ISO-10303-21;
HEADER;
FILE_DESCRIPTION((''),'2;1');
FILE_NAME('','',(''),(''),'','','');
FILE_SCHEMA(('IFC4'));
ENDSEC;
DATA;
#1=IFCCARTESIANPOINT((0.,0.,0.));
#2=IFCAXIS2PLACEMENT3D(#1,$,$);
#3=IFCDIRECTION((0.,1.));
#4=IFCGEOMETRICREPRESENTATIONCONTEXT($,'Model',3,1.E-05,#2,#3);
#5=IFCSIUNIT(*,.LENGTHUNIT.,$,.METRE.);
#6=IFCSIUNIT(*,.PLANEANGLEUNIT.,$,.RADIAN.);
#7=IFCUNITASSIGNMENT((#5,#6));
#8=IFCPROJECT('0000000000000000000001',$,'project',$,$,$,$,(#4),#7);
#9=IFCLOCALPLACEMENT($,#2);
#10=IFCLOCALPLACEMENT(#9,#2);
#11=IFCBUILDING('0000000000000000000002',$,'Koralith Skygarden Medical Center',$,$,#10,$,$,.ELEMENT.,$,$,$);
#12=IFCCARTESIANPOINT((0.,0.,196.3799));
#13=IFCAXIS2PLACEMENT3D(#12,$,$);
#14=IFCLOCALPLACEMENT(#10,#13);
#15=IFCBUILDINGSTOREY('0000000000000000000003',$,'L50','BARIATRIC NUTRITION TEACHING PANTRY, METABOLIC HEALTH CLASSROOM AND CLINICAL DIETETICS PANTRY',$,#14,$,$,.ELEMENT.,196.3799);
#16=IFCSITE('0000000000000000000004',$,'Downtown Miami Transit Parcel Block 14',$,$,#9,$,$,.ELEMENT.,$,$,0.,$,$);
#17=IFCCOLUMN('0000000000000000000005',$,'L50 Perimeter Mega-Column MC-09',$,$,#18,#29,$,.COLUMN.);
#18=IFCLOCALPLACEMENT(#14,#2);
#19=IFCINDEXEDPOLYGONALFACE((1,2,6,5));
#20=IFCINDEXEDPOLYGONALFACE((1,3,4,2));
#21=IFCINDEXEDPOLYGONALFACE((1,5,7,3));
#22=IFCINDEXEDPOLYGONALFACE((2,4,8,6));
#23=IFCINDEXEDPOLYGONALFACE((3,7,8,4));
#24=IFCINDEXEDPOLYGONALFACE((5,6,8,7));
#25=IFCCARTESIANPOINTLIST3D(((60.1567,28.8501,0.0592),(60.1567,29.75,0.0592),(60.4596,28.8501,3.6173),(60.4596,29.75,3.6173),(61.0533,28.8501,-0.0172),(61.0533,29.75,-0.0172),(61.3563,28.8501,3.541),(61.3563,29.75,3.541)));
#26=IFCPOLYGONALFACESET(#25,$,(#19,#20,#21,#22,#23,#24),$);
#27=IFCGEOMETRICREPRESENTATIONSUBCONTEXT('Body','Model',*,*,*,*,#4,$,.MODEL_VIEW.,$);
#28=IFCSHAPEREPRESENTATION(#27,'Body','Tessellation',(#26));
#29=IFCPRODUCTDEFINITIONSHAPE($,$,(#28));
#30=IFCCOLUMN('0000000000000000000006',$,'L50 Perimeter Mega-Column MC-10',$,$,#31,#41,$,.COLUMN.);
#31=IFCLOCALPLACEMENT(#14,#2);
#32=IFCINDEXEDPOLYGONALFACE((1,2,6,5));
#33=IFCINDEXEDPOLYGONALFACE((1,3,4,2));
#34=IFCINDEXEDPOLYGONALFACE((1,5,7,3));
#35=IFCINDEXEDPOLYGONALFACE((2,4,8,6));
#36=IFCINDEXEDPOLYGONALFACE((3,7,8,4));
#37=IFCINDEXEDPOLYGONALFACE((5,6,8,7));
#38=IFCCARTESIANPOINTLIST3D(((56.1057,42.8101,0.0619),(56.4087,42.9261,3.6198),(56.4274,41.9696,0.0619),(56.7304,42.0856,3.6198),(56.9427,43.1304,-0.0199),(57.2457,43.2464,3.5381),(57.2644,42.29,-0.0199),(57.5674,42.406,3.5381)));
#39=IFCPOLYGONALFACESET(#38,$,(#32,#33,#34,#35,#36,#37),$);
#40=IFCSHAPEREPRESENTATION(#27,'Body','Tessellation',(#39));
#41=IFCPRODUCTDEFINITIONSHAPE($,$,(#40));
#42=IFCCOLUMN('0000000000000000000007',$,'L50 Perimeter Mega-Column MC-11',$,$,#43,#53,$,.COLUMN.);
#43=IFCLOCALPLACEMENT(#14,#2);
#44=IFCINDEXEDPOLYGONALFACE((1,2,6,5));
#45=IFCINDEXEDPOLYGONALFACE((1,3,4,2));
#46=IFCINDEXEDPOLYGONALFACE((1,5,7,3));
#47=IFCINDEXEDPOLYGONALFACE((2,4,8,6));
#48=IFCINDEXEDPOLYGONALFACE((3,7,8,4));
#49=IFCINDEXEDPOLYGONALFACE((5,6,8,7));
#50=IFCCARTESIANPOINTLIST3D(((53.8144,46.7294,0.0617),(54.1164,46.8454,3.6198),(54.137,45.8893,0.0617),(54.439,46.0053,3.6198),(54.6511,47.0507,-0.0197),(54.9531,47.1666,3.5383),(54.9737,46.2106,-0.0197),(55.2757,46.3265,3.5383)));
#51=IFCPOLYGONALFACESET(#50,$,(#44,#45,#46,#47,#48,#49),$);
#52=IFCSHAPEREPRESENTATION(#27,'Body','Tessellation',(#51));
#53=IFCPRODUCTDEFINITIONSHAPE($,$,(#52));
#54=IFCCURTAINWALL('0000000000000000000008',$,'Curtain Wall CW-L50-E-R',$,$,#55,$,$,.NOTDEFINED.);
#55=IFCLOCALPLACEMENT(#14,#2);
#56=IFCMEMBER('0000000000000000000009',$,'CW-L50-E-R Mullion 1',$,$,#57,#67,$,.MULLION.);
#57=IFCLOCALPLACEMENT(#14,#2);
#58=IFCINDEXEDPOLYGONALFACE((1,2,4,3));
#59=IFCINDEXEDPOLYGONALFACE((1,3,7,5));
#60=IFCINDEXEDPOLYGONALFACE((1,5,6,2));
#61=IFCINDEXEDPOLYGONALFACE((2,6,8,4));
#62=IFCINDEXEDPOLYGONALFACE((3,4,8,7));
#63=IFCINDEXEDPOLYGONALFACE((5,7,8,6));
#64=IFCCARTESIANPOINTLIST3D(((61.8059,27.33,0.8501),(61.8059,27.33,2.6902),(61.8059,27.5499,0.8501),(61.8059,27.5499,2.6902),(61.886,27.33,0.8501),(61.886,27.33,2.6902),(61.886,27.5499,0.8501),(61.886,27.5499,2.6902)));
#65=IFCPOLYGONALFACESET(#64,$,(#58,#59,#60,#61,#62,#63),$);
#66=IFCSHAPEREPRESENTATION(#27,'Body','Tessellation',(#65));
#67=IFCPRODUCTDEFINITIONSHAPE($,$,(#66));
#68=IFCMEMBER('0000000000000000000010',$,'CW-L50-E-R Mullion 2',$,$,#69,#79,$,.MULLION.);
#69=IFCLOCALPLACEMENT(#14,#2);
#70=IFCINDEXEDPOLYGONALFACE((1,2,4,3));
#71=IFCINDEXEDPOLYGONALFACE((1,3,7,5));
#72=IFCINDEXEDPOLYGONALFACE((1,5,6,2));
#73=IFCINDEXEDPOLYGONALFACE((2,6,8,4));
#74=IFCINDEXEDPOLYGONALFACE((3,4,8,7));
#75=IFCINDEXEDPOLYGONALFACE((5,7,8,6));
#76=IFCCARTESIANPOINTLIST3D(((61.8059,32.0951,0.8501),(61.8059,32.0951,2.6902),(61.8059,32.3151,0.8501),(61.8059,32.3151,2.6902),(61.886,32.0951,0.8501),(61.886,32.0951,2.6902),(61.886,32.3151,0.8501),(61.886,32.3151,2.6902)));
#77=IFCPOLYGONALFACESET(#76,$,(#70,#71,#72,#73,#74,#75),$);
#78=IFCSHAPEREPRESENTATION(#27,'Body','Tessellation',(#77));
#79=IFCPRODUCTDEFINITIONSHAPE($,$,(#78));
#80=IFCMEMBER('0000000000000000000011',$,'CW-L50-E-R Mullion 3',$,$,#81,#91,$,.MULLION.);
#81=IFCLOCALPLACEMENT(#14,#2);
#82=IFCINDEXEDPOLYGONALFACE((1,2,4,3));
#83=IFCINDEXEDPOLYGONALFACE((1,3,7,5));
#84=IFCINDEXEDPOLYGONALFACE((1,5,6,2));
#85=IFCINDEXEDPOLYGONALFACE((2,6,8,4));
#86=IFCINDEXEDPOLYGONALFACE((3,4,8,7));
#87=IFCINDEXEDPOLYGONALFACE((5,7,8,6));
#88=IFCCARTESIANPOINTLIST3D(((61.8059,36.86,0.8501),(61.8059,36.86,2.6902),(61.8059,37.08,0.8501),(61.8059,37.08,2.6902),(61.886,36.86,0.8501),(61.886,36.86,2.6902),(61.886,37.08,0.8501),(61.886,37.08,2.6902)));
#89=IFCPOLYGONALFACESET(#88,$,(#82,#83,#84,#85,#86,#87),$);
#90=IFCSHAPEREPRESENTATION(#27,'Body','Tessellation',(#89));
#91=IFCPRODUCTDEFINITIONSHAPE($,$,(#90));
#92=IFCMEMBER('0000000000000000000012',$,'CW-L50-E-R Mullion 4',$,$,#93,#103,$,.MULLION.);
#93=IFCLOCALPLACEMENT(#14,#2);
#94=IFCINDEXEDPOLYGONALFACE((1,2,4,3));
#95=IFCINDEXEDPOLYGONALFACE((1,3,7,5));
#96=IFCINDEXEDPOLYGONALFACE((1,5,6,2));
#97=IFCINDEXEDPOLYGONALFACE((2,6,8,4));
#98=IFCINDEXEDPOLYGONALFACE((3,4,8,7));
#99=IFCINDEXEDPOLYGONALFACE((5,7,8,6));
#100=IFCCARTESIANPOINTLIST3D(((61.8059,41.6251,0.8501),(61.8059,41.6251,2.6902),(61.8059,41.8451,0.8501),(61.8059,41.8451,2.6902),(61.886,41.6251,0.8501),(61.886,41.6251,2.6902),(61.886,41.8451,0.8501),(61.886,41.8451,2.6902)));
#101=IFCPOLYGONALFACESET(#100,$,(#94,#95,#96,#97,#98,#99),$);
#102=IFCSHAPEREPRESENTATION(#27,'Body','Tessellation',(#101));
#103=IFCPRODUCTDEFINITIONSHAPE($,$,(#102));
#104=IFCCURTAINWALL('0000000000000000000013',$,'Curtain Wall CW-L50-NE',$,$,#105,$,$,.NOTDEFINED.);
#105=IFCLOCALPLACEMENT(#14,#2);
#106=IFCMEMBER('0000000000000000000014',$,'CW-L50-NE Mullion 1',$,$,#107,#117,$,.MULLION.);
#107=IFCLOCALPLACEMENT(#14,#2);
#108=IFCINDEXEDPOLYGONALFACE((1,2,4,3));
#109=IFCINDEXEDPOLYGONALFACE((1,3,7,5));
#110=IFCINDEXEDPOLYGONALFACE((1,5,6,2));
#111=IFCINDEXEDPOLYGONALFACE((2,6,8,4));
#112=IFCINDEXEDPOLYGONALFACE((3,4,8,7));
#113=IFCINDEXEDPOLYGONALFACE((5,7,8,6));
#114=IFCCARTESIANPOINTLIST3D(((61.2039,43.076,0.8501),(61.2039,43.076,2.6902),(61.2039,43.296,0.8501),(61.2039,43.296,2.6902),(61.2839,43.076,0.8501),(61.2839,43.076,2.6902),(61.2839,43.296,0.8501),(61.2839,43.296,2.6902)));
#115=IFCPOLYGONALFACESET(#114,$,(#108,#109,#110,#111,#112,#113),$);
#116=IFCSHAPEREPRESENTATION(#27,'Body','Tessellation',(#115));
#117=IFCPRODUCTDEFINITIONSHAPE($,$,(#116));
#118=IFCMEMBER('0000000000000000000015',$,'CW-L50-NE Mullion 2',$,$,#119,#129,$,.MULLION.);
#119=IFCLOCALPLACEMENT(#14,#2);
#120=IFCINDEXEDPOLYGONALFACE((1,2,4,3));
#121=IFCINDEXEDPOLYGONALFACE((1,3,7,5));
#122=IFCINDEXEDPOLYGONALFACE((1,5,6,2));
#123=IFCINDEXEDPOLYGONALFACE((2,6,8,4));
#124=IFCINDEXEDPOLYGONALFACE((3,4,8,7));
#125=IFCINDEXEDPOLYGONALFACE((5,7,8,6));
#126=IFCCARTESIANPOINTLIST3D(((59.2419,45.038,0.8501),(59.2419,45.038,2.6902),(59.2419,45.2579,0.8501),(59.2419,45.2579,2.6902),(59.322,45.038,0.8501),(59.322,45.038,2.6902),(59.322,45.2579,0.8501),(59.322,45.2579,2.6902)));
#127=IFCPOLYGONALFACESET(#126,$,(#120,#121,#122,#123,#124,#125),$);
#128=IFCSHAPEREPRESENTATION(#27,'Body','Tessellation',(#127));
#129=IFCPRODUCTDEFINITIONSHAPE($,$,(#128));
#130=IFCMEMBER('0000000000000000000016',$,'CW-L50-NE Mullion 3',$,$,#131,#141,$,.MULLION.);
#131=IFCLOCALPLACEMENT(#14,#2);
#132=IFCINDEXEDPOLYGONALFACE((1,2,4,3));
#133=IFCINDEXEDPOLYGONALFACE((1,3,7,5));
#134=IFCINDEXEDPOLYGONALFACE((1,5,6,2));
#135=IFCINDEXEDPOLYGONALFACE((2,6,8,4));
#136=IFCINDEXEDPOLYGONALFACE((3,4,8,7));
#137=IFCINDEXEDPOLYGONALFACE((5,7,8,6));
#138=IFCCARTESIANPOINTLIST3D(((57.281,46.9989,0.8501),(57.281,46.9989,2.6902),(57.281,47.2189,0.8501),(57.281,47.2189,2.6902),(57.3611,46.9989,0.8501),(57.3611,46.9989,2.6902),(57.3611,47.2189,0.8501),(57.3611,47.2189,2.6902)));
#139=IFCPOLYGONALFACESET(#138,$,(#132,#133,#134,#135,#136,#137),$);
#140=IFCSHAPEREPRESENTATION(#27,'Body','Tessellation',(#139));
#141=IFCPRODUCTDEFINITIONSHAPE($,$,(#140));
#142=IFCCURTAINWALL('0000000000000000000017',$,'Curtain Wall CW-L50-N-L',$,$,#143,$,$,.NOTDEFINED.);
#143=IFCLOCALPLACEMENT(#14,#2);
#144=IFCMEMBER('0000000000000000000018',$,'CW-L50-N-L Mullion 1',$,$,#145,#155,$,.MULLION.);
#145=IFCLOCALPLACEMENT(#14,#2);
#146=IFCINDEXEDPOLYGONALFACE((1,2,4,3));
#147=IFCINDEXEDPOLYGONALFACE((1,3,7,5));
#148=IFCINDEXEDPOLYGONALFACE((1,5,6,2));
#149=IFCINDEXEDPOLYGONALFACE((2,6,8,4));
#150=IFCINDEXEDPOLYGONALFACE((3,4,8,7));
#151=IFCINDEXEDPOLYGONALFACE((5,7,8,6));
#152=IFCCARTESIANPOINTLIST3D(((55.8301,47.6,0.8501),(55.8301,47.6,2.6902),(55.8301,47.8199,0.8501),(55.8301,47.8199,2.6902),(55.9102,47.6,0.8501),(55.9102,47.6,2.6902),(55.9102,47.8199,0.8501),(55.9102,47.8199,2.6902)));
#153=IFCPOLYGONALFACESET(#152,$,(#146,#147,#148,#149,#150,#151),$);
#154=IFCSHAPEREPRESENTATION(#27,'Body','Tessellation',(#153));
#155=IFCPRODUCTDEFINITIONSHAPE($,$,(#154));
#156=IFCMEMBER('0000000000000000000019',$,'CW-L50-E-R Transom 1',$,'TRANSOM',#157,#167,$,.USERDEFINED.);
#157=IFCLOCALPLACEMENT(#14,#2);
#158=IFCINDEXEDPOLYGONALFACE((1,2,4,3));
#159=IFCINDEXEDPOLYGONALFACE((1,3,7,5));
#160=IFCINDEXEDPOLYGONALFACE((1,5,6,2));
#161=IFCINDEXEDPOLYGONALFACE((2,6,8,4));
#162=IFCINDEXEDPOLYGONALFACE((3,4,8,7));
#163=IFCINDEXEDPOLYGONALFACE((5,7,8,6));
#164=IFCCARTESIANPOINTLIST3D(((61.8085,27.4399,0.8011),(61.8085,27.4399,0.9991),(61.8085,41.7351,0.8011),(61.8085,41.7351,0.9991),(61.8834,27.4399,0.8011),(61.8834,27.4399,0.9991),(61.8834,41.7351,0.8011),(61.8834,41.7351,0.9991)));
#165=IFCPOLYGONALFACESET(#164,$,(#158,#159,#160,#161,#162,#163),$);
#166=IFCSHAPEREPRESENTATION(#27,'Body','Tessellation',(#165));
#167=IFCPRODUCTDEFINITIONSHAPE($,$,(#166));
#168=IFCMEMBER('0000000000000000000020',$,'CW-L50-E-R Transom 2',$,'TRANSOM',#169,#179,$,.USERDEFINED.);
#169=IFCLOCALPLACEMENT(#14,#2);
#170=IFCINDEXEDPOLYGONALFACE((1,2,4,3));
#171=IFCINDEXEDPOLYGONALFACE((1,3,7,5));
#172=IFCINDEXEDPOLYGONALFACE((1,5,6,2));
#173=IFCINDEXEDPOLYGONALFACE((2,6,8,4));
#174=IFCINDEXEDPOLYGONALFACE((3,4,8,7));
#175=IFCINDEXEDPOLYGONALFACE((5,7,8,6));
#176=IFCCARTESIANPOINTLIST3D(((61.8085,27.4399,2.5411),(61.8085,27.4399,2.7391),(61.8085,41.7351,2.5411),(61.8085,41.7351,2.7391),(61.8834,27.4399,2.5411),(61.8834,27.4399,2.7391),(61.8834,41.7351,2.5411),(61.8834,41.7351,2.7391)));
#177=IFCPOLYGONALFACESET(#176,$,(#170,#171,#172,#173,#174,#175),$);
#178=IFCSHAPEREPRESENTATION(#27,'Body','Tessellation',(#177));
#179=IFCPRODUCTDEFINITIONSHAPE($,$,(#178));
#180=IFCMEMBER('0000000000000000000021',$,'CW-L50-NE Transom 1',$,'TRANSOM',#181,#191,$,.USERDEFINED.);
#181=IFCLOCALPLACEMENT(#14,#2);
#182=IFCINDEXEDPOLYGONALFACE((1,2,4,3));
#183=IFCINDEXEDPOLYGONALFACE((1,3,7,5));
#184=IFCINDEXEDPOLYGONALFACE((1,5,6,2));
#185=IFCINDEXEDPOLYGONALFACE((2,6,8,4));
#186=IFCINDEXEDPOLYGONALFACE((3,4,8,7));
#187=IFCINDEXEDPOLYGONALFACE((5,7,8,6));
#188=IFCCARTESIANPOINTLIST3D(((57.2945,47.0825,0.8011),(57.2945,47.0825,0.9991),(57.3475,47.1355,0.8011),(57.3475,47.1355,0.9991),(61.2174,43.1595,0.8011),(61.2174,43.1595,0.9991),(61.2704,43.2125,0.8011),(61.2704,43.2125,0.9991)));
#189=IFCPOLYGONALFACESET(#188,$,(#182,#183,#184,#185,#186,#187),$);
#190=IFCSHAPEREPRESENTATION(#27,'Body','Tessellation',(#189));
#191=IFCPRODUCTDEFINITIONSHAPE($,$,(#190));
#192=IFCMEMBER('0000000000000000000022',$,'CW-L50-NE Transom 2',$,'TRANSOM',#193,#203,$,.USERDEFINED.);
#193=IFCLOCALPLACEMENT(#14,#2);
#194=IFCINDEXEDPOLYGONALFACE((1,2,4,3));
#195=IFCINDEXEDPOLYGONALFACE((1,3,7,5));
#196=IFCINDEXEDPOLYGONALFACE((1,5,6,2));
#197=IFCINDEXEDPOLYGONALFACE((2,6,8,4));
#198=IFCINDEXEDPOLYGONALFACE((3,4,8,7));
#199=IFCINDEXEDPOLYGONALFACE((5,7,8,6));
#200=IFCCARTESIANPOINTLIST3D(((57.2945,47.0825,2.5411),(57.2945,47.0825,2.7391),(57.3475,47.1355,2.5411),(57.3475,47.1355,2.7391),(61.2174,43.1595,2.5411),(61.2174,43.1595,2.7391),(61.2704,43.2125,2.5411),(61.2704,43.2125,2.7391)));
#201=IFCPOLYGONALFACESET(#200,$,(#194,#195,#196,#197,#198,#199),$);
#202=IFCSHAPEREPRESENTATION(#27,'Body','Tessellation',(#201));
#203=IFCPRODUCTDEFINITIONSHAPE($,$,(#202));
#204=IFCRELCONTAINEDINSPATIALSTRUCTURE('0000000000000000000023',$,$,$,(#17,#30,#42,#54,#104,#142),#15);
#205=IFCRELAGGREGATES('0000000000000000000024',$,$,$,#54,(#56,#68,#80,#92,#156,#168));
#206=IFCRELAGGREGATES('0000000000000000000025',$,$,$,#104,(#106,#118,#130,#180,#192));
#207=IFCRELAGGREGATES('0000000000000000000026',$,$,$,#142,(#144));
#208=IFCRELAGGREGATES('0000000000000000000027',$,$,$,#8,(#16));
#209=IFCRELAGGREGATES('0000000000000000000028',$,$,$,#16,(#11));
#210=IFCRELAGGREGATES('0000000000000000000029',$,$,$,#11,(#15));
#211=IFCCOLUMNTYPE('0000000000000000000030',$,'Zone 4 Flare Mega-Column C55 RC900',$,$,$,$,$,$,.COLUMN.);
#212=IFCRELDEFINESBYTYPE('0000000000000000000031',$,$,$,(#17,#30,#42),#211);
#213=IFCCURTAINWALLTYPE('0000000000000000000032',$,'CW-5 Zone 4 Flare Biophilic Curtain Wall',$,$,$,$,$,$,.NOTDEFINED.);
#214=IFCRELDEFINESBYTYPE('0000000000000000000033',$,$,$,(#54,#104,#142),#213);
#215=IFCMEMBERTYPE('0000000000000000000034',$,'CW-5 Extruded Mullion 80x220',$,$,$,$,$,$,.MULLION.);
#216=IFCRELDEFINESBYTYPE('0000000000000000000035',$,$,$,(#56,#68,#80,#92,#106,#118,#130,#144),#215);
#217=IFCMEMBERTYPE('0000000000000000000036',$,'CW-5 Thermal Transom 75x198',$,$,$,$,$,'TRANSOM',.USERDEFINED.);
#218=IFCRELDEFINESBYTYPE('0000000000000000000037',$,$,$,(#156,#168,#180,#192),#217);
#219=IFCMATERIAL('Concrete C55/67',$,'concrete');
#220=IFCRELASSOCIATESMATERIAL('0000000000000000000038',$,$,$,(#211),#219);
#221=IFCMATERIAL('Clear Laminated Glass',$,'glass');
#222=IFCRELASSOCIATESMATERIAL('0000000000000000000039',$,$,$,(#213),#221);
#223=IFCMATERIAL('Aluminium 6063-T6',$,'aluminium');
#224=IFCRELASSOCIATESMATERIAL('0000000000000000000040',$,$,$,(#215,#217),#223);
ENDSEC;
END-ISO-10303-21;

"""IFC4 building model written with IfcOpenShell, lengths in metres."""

from ifc_helpers import new_model, si_unit, direction, frame, origin, origin_2d, place, context, subcontext, project, spatial, rectangle, extrude, material, material_profile, profile_set, type_object, element, aggregate, save


model = new_model("IFC4")

# Units and contexts
model_context = context("Model", 3, precision=1e-05, world=origin(), true_north=direction((0.0, 1.0)))
body_context = subcontext(model_context, "Body", "Model", "MODEL_VIEW")
ifc_project = project(units=[si_unit("LENGTHUNIT", "METRE"), si_unit("PLANEANGLEUNIT", "RADIAN")], contexts=[model_context])

# Site, building, storey
site_placement = place(None, origin())
site = spatial("IfcSite", under=ifc_project, at=site_placement, Name="Downtown Miami Transit Parcel Block 14", CompositionType="ELEMENT", RefElevation=0.0)
building_placement = place(site_placement, origin())
building = spatial("IfcBuilding", under=site, at=building_placement, Name="Koralith Skygarden Medical Center", CompositionType="ELEMENT")
storey_placement = place(building_placement, frame((0.0, 0.0, 196.3799)))
storey = spatial("IfcBuildingStorey", under=building, at=storey_placement, Name="L50", Description="BARIATRIC NUTRITION TEACHING PANTRY, METABOLIC HEALTH CLASSROOM AND CLINICAL DIETETICS PANTRY", CompositionType="ELEMENT", Elevation=196.3799)

# Columns
ifc_material_1 = material(Name="Concrete C55/67", Category="concrete")
ifc_material_profile_1 = material_profile(ifc_material_1, rectangle(XDim=0.8999, YDim=0.8999, at=origin_2d()), Name="RC900X900")
ifc_profile_set_1 = profile_set([ifc_material_profile_1], Name="Concrete C55/67")
column_type = type_object("IfcColumnType", Name="Zone 4 Flare Mega-Column C55 RC900", PredefinedType="COLUMN", material=ifc_profile_set_1)
column_placement = place(storey_placement, frame((60.605, 29.3, 0.021), z_axis=(0.084845, 0.0, 0.996394), x_axis=(0.0, 1.0, 0.0)))
element("IfcColumn", 1, at=column_placement, inside=storey, type_object=column_type, Name="L50 Perimeter Mega-Column MC-09", PredefinedType="COLUMN", context=body_context, shape_type="SweptSolid", body=[
    extrude(rectangle(XDim=0.8999, YDim=0.8999, at=origin_2d()), origin(), (0.0, 0.0, 1.0), 3.571),
])
for number, where, z_axis, x_axis, name in (
    (2, (56.6851, 42.55, 0.021), (0.0848, 0.032458, 0.995869), (-0.357466, 0.933926, 0.0), "L50 Perimeter Mega-Column MC-10"),
    (3, (54.394, 46.47, 0.021), (0.084529, 0.032458, 0.995892), (-0.358473, 0.93354, 0.0), "L50 Perimeter Mega-Column MC-11"),
):
    element("IfcColumn", number, at=place(storey_placement, frame(where, z_axis=z_axis, x_axis=x_axis)), inside=storey, type_object=column_type, Name=name, PredefinedType="COLUMN", context=body_context, shape_type="SweptSolid", body=[
        extrude(rectangle(XDim=0.8999, YDim=0.8999, at=origin_2d()), origin(), (0.0, 0.0, 1.0), 3.5728),
    ])

# Curtain walls, members
ifc_material_2 = material(Name="Clear Laminated Glass", Category="glass")
curtain_wall_type = type_object("IfcCurtainWallType", Name="CW-5 Zone 4 Flare Biophilic Curtain Wall", PredefinedType="NOTDEFINED", material=ifc_material_2)
curtain_wall_1_placement = place(storey_placement, origin())
curtain_wall_1 = element("IfcCurtainWall", 4, at=curtain_wall_1_placement, inside=storey, type_object=curtain_wall_type, Name="Curtain Wall CW-L50-E-R", PredefinedType="NOTDEFINED")
ifc_material_3 = material(Name="Aluminium 6063-T6", Category="aluminium")
ifc_material_profile_2 = material_profile(ifc_material_3, rectangle(XDim=0.0801, YDim=0.22, at=origin_2d()), Name="MUL80X220")
ifc_profile_set_2 = profile_set([ifc_material_profile_2], Name="Aluminium 6063-T6")
member_type_1 = type_object("IfcMemberType", Name="CW-5 Extruded Mullion 80x220", PredefinedType="MULLION", material=ifc_profile_set_2)
member_1_placement = place(storey_placement, frame((61.8459, 27.4399, 0.8501), z_axis=(0.0, 0.0, 1.0), x_axis=(1.0, 0.0, 0.0)))
member_1 = element("IfcMember", 5, at=member_1_placement, type_object=member_type_1, Name="CW-L50-E-R Mullion 1", PredefinedType="MULLION", context=body_context, shape_type="SweptSolid", body=[
    extrude(rectangle(XDim=0.0801, YDim=0.22, at=origin_2d()), origin(), (0.0, 0.0, 1.0), 1.8401),
])
member_2_placement = place(storey_placement, frame((61.8459, 32.2051, 0.8501), z_axis=(0.0, 0.0, 1.0), x_axis=(1.0, 0.0, 0.0)))
member_2 = element("IfcMember", 6, at=member_2_placement, type_object=member_type_1, Name="CW-L50-E-R Mullion 2", PredefinedType="MULLION", context=body_context, shape_type="SweptSolid", body=[
    extrude(rectangle(XDim=0.0801, YDim=0.22, at=origin_2d()), origin(), (0.0, 0.0, 1.0), 1.8401),
])
member_3_placement = place(storey_placement, frame((61.8459, 36.97, 0.8501), z_axis=(0.0, 0.0, 1.0), x_axis=(1.0, 0.0, 0.0)))
member_3 = element("IfcMember", 7, at=member_3_placement, type_object=member_type_1, Name="CW-L50-E-R Mullion 3", PredefinedType="MULLION", context=body_context, shape_type="SweptSolid", body=[
    extrude(rectangle(XDim=0.0801, YDim=0.22, at=origin_2d()), origin(), (0.0, 0.0, 1.0), 1.8401),
])
member_4_placement = place(storey_placement, frame((61.8459, 41.7351, 0.8501), z_axis=(0.0, 0.0, 1.0), x_axis=(1.0, 0.0, 0.0)))
member_4 = element("IfcMember", 8, at=member_4_placement, type_object=member_type_1, Name="CW-L50-E-R Mullion 4", PredefinedType="MULLION", context=body_context, shape_type="SweptSolid", body=[
    extrude(rectangle(XDim=0.0801, YDim=0.22, at=origin_2d()), origin(), (0.0, 0.0, 1.0), 1.8401),
])
curtain_wall_2_placement = place(storey_placement, origin())
curtain_wall_2 = element("IfcCurtainWall", 9, at=curtain_wall_2_placement, inside=storey, type_object=curtain_wall_type, Name="Curtain Wall CW-L50-NE", PredefinedType="NOTDEFINED")
member_5_placement = place(storey_placement, frame((61.2439, 43.186, 0.8501), z_axis=(0.0, 0.0, 1.0), x_axis=(1.0, 0.0, 0.0)))
member_5 = element("IfcMember", 10, at=member_5_placement, type_object=member_type_1, Name="CW-L50-NE Mullion 1", PredefinedType="MULLION", context=body_context, shape_type="SweptSolid", body=[
    extrude(rectangle(XDim=0.0801, YDim=0.22, at=origin_2d()), origin(), (0.0, 0.0, 1.0), 1.8401),
])
member_6_placement = place(storey_placement, frame((59.282, 45.1479, 0.8501), z_axis=(0.0, 0.0, 1.0), x_axis=(1.0, 0.0, 0.0)))
member_6 = element("IfcMember", 11, at=member_6_placement, type_object=member_type_1, Name="CW-L50-NE Mullion 2", PredefinedType="MULLION", context=body_context, shape_type="SweptSolid", body=[
    extrude(rectangle(XDim=0.0801, YDim=0.22, at=origin_2d()), origin(), (0.0, 0.0, 1.0), 1.8401),
])
member_7_placement = place(storey_placement, frame((57.321, 47.1089, 0.8501), z_axis=(0.0, 0.0, 1.0), x_axis=(1.0, 0.0, 0.0)))
member_7 = element("IfcMember", 12, at=member_7_placement, type_object=member_type_1, Name="CW-L50-NE Mullion 3", PredefinedType="MULLION", context=body_context, shape_type="SweptSolid", body=[
    extrude(rectangle(XDim=0.0801, YDim=0.22, at=origin_2d()), origin(), (0.0, 0.0, 1.0), 1.8401),
])

# Curtain wall, member
curtain_wall_3_placement = place(storey_placement, origin())
curtain_wall_3 = element("IfcCurtainWall", 13, at=curtain_wall_3_placement, inside=storey, type_object=curtain_wall_type, Name="Curtain Wall CW-L50-N-L", PredefinedType="NOTDEFINED")
member_8_placement = place(storey_placement, frame((55.8701, 47.71, 0.8501), z_axis=(0.0, 0.0, 1.0), x_axis=(1.0, 0.0, 0.0)))
member_8 = element("IfcMember", 14, at=member_8_placement, type_object=member_type_1, Name="CW-L50-N-L Mullion 1", PredefinedType="MULLION", context=body_context, shape_type="SweptSolid", body=[
    extrude(rectangle(XDim=0.0801, YDim=0.22, at=origin_2d()), origin(), (0.0, 0.0, 1.0), 1.8401),
])

# Members
ifc_material_profile_3 = material_profile(ifc_material_3, rectangle(XDim=0.075, YDim=0.198, at=origin_2d()), Name="TRN75X198")
ifc_profile_set_3 = profile_set([ifc_material_profile_3], Name="Aluminium 6063-T6")
member_type_2 = type_object("IfcMemberType", Name="CW-5 Thermal Transom 75x198", ElementType="TRANSOM", PredefinedType="USERDEFINED", material=ifc_profile_set_3)
member_9_placement = place(storey_placement, frame((61.8459, 27.4399, 0.9001), z_axis=(0.0, 1.0, 0.0), x_axis=(-1.0, 0.0, 0.0)))
member_9 = element("IfcMember", 15, at=member_9_placement, type_object=member_type_2, Name="CW-L50-E-R Transom 1", ObjectType="TRANSOM", PredefinedType="USERDEFINED", context=body_context, shape_type="SweptSolid", body=[
    extrude(rectangle(XDim=0.075, YDim=0.198, at=origin_2d()), origin(), (0.0, 0.0, 1.0), 14.2952),
])
member_10_placement = place(storey_placement, frame((61.8459, 27.4399, 2.6401), z_axis=(0.0, 1.0, 0.0), x_axis=(-1.0, 0.0, 0.0)))
member_10 = element("IfcMember", 16, at=member_10_placement, type_object=member_type_2, Name="CW-L50-E-R Transom 2", ObjectType="TRANSOM", PredefinedType="USERDEFINED", context=body_context, shape_type="SweptSolid", body=[
    extrude(rectangle(XDim=0.075, YDim=0.198, at=origin_2d()), origin(), (0.0, 0.0, 1.0), 14.2952),
])
member_11_placement = place(storey_placement, frame((61.2439, 43.186, 0.9001), z_axis=(-0.707107, 0.707107, 0.0), x_axis=(-0.707107, -0.707107, 0.0)))
member_11 = element("IfcMember", 17, at=member_11_placement, type_object=member_type_2, Name="CW-L50-NE Transom 1", ObjectType="TRANSOM", PredefinedType="USERDEFINED", context=body_context, shape_type="SweptSolid", body=[
    extrude(rectangle(XDim=0.075, YDim=0.198, at=origin_2d()), origin(), (0.0, 0.0, 1.0), 5.5479),
])
member_12_placement = place(storey_placement, frame((61.2439, 43.186, 2.6401), z_axis=(-0.707107, 0.707107, 0.0), x_axis=(-0.707107, -0.707107, 0.0)))
member_12 = element("IfcMember", 18, at=member_12_placement, type_object=member_type_2, Name="CW-L50-NE Transom 2", ObjectType="TRANSOM", PredefinedType="USERDEFINED", context=body_context, shape_type="SweptSolid", body=[
    extrude(rectangle(XDim=0.075, YDim=0.198, at=origin_2d()), origin(), (0.0, 0.0, 1.0), 5.5479),
])

aggregate(curtain_wall_1, [member_1, member_2, member_3, member_4, member_9, member_10])
aggregate(curtain_wall_2, [member_5, member_6, member_7, member_11, member_12])
aggregate(curtain_wall_3, [member_8])

save(model, "model.ifc")
